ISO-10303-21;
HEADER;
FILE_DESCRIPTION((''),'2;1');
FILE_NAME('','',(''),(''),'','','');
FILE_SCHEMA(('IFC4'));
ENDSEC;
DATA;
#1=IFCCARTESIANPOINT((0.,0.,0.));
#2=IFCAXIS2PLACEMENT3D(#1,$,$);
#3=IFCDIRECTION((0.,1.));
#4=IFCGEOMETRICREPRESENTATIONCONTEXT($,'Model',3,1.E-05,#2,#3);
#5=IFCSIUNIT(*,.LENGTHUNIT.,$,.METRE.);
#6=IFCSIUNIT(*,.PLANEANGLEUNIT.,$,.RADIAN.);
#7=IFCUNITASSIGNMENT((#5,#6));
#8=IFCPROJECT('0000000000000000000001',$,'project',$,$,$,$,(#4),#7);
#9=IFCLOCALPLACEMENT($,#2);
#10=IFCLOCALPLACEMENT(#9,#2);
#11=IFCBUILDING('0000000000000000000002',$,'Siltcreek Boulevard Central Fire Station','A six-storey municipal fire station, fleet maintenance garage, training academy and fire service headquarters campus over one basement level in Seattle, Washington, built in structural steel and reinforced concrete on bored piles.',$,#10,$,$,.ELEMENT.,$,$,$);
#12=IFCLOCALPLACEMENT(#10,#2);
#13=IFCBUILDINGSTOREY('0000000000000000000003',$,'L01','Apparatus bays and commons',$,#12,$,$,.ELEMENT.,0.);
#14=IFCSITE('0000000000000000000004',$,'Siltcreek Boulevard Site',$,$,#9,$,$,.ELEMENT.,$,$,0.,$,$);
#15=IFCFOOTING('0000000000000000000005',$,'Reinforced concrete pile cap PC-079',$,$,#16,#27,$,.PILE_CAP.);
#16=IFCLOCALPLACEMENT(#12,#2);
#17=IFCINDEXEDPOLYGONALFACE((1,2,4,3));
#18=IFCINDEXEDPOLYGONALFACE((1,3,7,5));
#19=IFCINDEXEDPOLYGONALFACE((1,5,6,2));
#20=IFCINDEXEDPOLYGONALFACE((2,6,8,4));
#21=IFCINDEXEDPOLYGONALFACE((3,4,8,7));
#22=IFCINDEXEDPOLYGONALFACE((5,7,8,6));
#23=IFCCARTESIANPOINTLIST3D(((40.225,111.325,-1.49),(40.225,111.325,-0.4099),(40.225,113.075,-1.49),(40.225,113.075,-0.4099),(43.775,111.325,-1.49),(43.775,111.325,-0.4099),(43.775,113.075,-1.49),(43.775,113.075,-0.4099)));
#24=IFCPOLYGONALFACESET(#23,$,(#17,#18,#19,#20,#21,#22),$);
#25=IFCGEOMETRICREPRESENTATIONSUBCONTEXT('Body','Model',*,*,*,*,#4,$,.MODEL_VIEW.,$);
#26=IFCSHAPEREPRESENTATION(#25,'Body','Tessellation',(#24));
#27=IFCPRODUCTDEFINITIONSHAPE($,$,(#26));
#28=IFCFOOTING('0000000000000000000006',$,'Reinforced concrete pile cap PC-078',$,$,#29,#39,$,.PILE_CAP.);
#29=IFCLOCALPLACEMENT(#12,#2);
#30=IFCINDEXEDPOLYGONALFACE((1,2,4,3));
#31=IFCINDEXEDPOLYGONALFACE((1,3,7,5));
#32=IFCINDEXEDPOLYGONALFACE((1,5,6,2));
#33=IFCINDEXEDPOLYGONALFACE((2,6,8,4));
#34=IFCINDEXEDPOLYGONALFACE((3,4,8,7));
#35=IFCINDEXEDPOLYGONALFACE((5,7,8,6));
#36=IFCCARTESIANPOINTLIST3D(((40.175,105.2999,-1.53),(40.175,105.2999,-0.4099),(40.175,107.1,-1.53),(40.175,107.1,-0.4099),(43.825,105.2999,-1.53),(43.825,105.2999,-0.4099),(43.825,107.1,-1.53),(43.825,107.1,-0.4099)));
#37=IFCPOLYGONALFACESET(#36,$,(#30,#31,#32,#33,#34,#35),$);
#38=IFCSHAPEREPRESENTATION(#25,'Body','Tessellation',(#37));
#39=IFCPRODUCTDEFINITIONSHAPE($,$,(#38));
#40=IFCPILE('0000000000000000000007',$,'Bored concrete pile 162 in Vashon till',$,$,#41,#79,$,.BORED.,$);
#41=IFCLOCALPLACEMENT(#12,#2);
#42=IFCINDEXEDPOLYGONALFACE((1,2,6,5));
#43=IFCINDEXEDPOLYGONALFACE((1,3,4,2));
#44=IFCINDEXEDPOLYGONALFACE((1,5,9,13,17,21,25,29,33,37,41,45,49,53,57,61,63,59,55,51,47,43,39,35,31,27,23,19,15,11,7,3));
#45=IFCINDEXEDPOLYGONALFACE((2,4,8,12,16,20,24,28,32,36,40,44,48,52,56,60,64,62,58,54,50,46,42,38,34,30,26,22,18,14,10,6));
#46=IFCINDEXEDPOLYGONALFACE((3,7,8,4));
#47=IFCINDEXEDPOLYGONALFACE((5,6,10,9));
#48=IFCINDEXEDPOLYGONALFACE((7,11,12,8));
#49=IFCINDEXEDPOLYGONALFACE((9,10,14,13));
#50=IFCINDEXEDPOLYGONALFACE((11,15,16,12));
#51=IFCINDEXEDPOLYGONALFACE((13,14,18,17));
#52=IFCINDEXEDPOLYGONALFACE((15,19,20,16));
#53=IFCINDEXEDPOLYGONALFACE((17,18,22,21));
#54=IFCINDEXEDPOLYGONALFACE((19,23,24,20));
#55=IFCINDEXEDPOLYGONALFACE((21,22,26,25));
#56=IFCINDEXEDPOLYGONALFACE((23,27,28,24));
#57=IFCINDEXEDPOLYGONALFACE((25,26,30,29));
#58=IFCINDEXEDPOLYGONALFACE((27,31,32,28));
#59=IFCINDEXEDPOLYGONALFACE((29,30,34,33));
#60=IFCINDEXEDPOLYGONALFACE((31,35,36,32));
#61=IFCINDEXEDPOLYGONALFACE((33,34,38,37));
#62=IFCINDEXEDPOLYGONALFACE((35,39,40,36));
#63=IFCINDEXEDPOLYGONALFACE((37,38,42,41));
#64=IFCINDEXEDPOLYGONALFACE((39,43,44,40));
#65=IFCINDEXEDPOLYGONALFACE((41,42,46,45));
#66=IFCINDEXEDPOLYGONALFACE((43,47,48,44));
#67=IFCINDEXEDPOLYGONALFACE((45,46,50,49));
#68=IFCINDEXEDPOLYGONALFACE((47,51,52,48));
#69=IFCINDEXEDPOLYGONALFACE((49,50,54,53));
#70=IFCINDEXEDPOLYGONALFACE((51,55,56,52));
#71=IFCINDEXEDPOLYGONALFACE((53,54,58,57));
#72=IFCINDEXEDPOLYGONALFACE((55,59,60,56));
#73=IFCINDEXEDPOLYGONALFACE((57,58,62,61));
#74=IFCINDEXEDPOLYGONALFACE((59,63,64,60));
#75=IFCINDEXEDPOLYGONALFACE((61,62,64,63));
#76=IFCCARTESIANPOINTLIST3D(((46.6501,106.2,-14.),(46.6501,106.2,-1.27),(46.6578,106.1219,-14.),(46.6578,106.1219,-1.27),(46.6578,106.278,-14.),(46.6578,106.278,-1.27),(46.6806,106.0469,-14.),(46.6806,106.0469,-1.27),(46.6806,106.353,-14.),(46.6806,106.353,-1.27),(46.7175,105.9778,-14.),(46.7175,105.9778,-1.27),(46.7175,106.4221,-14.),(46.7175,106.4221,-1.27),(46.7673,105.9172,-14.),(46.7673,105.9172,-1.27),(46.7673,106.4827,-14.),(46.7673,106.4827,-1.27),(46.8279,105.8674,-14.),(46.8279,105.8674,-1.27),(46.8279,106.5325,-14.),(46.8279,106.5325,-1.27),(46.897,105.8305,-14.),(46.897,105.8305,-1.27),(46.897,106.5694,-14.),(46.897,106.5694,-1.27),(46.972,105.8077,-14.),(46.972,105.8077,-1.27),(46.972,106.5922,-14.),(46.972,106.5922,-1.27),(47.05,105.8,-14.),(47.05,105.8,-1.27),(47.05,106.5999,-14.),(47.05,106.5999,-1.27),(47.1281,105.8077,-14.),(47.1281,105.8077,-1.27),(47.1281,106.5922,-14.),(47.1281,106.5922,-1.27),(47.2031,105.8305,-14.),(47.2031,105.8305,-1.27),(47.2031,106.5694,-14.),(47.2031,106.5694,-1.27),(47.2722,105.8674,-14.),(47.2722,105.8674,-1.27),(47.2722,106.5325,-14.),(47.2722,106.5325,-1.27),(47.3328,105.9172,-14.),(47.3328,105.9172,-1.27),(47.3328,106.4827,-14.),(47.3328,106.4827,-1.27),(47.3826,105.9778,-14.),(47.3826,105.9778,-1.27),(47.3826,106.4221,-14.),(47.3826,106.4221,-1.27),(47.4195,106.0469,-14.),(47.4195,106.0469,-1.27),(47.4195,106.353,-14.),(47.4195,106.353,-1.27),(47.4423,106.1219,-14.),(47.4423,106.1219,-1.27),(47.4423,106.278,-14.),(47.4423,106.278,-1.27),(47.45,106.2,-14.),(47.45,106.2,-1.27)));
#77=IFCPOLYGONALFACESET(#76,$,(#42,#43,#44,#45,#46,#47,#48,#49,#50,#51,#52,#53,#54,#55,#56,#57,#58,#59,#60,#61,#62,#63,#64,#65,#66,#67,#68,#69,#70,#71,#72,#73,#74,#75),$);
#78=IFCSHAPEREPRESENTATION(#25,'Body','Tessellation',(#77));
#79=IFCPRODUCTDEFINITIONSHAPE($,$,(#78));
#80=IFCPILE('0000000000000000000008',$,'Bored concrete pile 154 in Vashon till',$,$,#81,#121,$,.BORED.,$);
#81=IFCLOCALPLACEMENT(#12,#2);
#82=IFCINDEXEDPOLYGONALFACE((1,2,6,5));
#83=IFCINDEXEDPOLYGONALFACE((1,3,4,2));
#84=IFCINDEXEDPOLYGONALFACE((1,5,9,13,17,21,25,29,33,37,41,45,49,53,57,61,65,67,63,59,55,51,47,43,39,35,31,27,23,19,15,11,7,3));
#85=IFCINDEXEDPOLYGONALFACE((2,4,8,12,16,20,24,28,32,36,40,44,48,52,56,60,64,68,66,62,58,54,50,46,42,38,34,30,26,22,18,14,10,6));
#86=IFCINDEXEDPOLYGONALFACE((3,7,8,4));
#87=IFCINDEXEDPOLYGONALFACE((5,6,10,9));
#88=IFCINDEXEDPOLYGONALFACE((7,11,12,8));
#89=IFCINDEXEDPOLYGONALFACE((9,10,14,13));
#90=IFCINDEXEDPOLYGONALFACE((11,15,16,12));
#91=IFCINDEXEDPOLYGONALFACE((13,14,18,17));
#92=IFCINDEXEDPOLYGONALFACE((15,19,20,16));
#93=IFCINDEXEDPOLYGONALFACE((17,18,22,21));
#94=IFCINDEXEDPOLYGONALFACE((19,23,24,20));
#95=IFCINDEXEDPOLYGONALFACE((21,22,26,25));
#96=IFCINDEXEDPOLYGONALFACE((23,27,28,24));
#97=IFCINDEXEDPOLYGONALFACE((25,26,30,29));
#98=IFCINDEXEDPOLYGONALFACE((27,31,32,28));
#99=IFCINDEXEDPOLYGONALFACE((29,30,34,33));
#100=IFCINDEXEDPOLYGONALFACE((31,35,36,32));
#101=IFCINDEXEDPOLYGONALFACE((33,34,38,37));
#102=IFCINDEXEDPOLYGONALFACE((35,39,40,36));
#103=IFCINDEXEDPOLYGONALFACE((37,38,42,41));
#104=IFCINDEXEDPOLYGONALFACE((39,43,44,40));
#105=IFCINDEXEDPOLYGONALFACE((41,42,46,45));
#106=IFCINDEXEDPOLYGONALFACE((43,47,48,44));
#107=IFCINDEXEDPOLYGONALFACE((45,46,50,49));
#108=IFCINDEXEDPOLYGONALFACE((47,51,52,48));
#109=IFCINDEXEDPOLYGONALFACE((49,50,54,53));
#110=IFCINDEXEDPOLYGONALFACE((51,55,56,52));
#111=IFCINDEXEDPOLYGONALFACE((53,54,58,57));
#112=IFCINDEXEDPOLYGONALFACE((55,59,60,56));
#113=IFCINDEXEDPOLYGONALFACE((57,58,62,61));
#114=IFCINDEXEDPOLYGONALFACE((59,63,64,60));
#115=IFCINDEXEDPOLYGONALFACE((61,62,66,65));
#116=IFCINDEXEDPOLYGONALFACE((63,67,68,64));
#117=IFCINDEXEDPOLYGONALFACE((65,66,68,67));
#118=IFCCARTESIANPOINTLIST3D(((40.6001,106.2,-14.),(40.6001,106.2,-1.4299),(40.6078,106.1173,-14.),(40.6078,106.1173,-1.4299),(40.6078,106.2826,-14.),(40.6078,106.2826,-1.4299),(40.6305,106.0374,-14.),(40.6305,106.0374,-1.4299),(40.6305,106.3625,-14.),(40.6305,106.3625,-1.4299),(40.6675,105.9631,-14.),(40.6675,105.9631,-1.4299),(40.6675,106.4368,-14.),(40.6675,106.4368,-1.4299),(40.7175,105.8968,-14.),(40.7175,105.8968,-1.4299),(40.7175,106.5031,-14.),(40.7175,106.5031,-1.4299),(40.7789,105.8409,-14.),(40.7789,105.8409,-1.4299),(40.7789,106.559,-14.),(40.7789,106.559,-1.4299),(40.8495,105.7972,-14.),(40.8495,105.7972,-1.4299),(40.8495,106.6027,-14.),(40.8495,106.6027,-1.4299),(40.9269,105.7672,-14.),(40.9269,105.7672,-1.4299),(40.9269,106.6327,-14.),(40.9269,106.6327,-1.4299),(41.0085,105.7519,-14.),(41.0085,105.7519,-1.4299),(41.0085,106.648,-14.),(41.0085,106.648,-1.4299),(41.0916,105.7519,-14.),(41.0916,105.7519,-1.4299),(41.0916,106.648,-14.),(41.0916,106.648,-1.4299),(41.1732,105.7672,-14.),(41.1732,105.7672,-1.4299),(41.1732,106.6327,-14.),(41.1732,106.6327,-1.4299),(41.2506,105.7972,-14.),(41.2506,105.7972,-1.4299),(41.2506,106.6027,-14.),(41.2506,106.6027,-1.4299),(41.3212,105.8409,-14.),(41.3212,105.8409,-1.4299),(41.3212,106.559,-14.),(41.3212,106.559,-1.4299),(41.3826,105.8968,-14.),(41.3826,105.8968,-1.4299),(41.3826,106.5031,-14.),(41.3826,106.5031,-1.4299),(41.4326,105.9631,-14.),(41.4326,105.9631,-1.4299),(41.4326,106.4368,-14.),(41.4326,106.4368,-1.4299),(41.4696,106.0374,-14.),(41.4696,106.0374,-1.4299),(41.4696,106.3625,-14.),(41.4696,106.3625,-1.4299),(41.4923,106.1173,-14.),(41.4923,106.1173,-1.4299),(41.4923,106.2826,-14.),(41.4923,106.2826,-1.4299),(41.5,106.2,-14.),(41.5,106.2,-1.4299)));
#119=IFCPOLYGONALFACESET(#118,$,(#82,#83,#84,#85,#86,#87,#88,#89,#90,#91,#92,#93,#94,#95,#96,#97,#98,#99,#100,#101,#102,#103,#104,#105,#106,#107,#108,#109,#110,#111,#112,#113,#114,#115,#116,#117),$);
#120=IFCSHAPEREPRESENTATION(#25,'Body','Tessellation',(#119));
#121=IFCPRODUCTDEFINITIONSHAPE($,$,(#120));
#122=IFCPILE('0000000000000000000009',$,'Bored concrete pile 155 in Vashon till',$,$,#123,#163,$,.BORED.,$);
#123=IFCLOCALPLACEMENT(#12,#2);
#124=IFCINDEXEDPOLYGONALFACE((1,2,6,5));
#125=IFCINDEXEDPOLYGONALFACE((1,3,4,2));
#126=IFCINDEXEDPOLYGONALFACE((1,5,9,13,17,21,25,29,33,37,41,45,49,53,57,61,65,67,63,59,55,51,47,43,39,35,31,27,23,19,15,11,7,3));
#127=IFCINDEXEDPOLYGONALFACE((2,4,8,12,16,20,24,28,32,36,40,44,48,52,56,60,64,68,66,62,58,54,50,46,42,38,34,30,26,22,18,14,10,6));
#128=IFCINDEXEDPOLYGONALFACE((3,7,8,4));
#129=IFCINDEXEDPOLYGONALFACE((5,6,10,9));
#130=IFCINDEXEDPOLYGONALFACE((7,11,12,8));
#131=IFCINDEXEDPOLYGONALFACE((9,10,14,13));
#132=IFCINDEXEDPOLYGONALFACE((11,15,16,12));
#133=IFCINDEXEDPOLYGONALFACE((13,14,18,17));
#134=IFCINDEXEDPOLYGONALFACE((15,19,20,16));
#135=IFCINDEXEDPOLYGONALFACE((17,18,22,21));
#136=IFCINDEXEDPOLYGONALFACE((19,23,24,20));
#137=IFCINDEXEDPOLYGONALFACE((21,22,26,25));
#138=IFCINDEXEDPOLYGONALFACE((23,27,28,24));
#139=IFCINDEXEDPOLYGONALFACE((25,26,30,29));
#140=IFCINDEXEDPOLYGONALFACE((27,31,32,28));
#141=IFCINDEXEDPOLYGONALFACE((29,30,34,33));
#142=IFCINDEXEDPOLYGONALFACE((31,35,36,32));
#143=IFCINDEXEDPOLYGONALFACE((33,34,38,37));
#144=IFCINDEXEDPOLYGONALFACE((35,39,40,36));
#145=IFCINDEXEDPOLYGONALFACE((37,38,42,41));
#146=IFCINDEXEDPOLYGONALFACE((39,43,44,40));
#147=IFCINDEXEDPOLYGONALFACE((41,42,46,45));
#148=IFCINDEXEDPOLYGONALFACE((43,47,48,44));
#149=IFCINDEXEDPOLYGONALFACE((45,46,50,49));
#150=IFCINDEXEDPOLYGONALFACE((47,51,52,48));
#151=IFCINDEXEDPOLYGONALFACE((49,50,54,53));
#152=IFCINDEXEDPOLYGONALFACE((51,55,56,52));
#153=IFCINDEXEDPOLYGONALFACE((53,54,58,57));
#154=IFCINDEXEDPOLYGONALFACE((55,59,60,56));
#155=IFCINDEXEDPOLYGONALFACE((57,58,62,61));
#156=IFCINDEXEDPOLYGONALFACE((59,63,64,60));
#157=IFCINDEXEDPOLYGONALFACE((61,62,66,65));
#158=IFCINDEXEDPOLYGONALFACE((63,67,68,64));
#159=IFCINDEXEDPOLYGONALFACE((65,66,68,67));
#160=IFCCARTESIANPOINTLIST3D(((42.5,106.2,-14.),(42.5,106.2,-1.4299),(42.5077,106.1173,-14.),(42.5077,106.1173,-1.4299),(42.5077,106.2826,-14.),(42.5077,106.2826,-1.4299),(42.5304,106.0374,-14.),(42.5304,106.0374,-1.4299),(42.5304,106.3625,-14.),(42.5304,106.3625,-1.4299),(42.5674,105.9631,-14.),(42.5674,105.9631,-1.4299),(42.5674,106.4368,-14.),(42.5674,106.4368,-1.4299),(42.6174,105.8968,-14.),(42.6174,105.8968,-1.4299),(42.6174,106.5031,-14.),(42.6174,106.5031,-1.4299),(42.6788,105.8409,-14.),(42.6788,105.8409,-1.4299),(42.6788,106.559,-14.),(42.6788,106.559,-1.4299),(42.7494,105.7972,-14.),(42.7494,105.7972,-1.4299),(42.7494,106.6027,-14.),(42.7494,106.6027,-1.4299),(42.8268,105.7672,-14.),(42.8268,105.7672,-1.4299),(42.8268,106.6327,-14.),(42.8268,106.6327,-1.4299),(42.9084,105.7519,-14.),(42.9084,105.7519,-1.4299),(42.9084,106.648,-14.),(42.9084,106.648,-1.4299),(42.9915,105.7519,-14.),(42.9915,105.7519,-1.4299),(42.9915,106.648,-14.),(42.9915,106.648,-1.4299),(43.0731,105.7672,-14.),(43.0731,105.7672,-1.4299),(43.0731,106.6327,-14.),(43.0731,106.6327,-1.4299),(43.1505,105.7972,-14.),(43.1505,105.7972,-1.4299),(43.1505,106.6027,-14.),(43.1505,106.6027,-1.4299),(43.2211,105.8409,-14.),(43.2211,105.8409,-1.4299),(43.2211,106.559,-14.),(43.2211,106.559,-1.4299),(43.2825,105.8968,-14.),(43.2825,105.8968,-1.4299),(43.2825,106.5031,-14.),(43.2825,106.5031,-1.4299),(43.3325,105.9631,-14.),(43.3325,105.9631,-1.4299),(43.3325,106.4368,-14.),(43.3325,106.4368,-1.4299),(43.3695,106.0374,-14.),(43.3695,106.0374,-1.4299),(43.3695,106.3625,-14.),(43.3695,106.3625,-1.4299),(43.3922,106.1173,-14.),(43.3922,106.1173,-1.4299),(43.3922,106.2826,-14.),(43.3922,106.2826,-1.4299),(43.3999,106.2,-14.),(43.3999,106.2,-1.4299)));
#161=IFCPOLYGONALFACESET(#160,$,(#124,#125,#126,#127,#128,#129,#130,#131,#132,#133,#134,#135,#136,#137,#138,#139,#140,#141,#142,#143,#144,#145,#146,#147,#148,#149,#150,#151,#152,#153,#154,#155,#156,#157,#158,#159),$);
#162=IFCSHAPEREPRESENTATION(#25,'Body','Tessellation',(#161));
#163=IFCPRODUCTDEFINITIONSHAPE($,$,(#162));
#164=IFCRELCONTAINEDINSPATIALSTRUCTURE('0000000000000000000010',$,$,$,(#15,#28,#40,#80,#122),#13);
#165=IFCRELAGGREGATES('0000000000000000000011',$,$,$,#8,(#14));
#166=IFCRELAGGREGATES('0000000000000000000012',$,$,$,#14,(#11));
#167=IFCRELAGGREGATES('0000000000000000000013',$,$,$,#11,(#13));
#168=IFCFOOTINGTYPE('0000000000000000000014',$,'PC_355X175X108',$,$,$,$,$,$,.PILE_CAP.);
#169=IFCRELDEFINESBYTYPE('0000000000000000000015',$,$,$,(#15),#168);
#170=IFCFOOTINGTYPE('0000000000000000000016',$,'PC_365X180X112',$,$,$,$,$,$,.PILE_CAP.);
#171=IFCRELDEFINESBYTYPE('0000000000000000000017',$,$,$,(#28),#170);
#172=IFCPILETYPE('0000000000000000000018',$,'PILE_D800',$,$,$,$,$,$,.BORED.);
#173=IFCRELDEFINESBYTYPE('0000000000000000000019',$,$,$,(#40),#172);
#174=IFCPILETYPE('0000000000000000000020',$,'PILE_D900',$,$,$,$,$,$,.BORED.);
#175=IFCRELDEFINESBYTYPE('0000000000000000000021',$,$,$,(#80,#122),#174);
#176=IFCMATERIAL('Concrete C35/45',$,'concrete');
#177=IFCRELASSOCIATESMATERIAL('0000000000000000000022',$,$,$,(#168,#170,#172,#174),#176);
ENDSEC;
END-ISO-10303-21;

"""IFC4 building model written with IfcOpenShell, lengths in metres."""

from ifc_helpers import new_model, si_unit, direction, frame, origin, origin_2d, place, context, subcontext, project, spatial, rectangle, circle, extrude, material, material_profile, profile_set, type_object, element, save


model = new_model("IFC4")

# Units and contexts
model_context = context("Model", 3, precision=1e-05, world=origin(), true_north=direction((0.0, 1.0)))
body_context = subcontext(model_context, "Body", "Model", "MODEL_VIEW")
ifc_project = project(units=[si_unit("LENGTHUNIT", "METRE"), si_unit("PLANEANGLEUNIT", "RADIAN")], contexts=[model_context])

# Site, building, storey
site_placement = place(None, origin())
site = spatial("IfcSite", under=ifc_project, at=site_placement, Name="Siltcreek Boulevard Site", CompositionType="ELEMENT", RefElevation=0.0)
building_placement = place(site_placement, origin())
building = spatial("IfcBuilding", under=site, at=building_placement, Name="Siltcreek Boulevard Central Fire Station", Description="A six-storey municipal fire station, fleet maintenance garage, training academy and fire service headquarters campus over one basement level in Seattle, Washington, built in structural steel and reinforced concrete on bored piles.", CompositionType="ELEMENT")
storey_placement = place(building_placement, origin())
storey = spatial("IfcBuildingStorey", under=building, at=storey_placement, Name="L01", Description="Apparatus bays and commons", CompositionType="ELEMENT", Elevation=0.0)

# Footings
ifc_material_1 = material(Name="Concrete C35/45", Category="concrete")
footing_type_1 = type_object("IfcFootingType", Name="PC_355X175X108", PredefinedType="PILE_CAP", material=ifc_material_1)
footing_1_placement = place(storey_placement, frame((42.0, 112.2, -1.49), z_axis=(0.0, 0.0, 1.0), x_axis=(1.0, 0.0, 0.0)))
element("IfcFooting", 1, at=footing_1_placement, inside=storey, type_object=footing_type_1, Name="Reinforced concrete pile cap PC-079", PredefinedType="PILE_CAP", context=body_context, shape_type="SweptSolid", body=[
    extrude(rectangle(XDim=3.55, YDim=1.75, at=origin_2d()), origin(), (0.0, 0.0, 1.0), 1.0801),
])
footing_type_2 = type_object("IfcFootingType", Name="PC_365X180X112", PredefinedType="PILE_CAP", material=ifc_material_1)
footing_2_placement = place(storey_placement, frame((42.0, 106.2, -1.53), z_axis=(0.0, 0.0, 1.0), x_axis=(1.0, 0.0, 0.0)))
element("IfcFooting", 2, at=footing_2_placement, inside=storey, type_object=footing_type_2, Name="Reinforced concrete pile cap PC-078", PredefinedType="PILE_CAP", context=body_context, shape_type="SweptSolid", body=[
    extrude(rectangle(XDim=3.6499, YDim=1.8, at=origin_2d()), origin(), (0.0, 0.0, 1.0), 1.1201),
])

# Piles
ifc_material_profile_1 = material_profile(ifc_material_1, circle(Radius=0.3999, at=origin_2d()), Name="SHAFT800")
ifc_profile_set_1 = profile_set([ifc_material_profile_1], Name="Concrete C35/45")
pile_type_1 = type_object("IfcPileType", Name="PILE_D800", PredefinedType="BORED", material=ifc_profile_set_1)
pile_1_placement = place(storey_placement, frame((47.05, 106.2, -1.27), z_axis=(0.0, 0.0, -1.0), x_axis=(1.0, 0.0, 0.0)))
element("IfcPile", 3, at=pile_1_placement, inside=storey, type_object=pile_type_1, Name="Bored concrete pile 162 in Vashon till", PredefinedType="BORED", context=body_context, shape_type="SweptSolid", body=[
    extrude(circle(Radius=0.3999, at=origin_2d()), origin(), (0.0, 0.0, 1.0), 12.73),
])
ifc_material_profile_2 = material_profile(ifc_material_1, circle(Radius=0.45, at=origin_2d()), Name="SHAFT900")
ifc_profile_set_2 = profile_set([ifc_material_profile_2], Name="Concrete C35/45")
pile_type_2 = type_object("IfcPileType", Name="PILE_D900", PredefinedType="BORED", material=ifc_profile_set_2)
for number, where, z_axis, x_axis, name in (
    (4, (41.05, 106.2, -1.4299), (0.0, 0.0, -1.0), (1.0, 0.0, 0.0), "Bored concrete pile 154 in Vashon till"),
    (5, (42.95, 106.2, -1.4299), (0.0, 0.0, -1.0), (1.0, 0.0, 0.0), "Bored concrete pile 155 in Vashon till"),
):
    element("IfcPile", number, at=place(storey_placement, frame(where, z_axis=z_axis, x_axis=x_axis)), inside=storey, type_object=pile_type_2, Name=name, PredefinedType="BORED", context=body_context, shape_type="SweptSolid", body=[
        extrude(circle(Radius=0.45, at=origin_2d()), origin(), (0.0, 0.0, 1.0), 12.5701),
    ])

save(model, "model.ifc")
